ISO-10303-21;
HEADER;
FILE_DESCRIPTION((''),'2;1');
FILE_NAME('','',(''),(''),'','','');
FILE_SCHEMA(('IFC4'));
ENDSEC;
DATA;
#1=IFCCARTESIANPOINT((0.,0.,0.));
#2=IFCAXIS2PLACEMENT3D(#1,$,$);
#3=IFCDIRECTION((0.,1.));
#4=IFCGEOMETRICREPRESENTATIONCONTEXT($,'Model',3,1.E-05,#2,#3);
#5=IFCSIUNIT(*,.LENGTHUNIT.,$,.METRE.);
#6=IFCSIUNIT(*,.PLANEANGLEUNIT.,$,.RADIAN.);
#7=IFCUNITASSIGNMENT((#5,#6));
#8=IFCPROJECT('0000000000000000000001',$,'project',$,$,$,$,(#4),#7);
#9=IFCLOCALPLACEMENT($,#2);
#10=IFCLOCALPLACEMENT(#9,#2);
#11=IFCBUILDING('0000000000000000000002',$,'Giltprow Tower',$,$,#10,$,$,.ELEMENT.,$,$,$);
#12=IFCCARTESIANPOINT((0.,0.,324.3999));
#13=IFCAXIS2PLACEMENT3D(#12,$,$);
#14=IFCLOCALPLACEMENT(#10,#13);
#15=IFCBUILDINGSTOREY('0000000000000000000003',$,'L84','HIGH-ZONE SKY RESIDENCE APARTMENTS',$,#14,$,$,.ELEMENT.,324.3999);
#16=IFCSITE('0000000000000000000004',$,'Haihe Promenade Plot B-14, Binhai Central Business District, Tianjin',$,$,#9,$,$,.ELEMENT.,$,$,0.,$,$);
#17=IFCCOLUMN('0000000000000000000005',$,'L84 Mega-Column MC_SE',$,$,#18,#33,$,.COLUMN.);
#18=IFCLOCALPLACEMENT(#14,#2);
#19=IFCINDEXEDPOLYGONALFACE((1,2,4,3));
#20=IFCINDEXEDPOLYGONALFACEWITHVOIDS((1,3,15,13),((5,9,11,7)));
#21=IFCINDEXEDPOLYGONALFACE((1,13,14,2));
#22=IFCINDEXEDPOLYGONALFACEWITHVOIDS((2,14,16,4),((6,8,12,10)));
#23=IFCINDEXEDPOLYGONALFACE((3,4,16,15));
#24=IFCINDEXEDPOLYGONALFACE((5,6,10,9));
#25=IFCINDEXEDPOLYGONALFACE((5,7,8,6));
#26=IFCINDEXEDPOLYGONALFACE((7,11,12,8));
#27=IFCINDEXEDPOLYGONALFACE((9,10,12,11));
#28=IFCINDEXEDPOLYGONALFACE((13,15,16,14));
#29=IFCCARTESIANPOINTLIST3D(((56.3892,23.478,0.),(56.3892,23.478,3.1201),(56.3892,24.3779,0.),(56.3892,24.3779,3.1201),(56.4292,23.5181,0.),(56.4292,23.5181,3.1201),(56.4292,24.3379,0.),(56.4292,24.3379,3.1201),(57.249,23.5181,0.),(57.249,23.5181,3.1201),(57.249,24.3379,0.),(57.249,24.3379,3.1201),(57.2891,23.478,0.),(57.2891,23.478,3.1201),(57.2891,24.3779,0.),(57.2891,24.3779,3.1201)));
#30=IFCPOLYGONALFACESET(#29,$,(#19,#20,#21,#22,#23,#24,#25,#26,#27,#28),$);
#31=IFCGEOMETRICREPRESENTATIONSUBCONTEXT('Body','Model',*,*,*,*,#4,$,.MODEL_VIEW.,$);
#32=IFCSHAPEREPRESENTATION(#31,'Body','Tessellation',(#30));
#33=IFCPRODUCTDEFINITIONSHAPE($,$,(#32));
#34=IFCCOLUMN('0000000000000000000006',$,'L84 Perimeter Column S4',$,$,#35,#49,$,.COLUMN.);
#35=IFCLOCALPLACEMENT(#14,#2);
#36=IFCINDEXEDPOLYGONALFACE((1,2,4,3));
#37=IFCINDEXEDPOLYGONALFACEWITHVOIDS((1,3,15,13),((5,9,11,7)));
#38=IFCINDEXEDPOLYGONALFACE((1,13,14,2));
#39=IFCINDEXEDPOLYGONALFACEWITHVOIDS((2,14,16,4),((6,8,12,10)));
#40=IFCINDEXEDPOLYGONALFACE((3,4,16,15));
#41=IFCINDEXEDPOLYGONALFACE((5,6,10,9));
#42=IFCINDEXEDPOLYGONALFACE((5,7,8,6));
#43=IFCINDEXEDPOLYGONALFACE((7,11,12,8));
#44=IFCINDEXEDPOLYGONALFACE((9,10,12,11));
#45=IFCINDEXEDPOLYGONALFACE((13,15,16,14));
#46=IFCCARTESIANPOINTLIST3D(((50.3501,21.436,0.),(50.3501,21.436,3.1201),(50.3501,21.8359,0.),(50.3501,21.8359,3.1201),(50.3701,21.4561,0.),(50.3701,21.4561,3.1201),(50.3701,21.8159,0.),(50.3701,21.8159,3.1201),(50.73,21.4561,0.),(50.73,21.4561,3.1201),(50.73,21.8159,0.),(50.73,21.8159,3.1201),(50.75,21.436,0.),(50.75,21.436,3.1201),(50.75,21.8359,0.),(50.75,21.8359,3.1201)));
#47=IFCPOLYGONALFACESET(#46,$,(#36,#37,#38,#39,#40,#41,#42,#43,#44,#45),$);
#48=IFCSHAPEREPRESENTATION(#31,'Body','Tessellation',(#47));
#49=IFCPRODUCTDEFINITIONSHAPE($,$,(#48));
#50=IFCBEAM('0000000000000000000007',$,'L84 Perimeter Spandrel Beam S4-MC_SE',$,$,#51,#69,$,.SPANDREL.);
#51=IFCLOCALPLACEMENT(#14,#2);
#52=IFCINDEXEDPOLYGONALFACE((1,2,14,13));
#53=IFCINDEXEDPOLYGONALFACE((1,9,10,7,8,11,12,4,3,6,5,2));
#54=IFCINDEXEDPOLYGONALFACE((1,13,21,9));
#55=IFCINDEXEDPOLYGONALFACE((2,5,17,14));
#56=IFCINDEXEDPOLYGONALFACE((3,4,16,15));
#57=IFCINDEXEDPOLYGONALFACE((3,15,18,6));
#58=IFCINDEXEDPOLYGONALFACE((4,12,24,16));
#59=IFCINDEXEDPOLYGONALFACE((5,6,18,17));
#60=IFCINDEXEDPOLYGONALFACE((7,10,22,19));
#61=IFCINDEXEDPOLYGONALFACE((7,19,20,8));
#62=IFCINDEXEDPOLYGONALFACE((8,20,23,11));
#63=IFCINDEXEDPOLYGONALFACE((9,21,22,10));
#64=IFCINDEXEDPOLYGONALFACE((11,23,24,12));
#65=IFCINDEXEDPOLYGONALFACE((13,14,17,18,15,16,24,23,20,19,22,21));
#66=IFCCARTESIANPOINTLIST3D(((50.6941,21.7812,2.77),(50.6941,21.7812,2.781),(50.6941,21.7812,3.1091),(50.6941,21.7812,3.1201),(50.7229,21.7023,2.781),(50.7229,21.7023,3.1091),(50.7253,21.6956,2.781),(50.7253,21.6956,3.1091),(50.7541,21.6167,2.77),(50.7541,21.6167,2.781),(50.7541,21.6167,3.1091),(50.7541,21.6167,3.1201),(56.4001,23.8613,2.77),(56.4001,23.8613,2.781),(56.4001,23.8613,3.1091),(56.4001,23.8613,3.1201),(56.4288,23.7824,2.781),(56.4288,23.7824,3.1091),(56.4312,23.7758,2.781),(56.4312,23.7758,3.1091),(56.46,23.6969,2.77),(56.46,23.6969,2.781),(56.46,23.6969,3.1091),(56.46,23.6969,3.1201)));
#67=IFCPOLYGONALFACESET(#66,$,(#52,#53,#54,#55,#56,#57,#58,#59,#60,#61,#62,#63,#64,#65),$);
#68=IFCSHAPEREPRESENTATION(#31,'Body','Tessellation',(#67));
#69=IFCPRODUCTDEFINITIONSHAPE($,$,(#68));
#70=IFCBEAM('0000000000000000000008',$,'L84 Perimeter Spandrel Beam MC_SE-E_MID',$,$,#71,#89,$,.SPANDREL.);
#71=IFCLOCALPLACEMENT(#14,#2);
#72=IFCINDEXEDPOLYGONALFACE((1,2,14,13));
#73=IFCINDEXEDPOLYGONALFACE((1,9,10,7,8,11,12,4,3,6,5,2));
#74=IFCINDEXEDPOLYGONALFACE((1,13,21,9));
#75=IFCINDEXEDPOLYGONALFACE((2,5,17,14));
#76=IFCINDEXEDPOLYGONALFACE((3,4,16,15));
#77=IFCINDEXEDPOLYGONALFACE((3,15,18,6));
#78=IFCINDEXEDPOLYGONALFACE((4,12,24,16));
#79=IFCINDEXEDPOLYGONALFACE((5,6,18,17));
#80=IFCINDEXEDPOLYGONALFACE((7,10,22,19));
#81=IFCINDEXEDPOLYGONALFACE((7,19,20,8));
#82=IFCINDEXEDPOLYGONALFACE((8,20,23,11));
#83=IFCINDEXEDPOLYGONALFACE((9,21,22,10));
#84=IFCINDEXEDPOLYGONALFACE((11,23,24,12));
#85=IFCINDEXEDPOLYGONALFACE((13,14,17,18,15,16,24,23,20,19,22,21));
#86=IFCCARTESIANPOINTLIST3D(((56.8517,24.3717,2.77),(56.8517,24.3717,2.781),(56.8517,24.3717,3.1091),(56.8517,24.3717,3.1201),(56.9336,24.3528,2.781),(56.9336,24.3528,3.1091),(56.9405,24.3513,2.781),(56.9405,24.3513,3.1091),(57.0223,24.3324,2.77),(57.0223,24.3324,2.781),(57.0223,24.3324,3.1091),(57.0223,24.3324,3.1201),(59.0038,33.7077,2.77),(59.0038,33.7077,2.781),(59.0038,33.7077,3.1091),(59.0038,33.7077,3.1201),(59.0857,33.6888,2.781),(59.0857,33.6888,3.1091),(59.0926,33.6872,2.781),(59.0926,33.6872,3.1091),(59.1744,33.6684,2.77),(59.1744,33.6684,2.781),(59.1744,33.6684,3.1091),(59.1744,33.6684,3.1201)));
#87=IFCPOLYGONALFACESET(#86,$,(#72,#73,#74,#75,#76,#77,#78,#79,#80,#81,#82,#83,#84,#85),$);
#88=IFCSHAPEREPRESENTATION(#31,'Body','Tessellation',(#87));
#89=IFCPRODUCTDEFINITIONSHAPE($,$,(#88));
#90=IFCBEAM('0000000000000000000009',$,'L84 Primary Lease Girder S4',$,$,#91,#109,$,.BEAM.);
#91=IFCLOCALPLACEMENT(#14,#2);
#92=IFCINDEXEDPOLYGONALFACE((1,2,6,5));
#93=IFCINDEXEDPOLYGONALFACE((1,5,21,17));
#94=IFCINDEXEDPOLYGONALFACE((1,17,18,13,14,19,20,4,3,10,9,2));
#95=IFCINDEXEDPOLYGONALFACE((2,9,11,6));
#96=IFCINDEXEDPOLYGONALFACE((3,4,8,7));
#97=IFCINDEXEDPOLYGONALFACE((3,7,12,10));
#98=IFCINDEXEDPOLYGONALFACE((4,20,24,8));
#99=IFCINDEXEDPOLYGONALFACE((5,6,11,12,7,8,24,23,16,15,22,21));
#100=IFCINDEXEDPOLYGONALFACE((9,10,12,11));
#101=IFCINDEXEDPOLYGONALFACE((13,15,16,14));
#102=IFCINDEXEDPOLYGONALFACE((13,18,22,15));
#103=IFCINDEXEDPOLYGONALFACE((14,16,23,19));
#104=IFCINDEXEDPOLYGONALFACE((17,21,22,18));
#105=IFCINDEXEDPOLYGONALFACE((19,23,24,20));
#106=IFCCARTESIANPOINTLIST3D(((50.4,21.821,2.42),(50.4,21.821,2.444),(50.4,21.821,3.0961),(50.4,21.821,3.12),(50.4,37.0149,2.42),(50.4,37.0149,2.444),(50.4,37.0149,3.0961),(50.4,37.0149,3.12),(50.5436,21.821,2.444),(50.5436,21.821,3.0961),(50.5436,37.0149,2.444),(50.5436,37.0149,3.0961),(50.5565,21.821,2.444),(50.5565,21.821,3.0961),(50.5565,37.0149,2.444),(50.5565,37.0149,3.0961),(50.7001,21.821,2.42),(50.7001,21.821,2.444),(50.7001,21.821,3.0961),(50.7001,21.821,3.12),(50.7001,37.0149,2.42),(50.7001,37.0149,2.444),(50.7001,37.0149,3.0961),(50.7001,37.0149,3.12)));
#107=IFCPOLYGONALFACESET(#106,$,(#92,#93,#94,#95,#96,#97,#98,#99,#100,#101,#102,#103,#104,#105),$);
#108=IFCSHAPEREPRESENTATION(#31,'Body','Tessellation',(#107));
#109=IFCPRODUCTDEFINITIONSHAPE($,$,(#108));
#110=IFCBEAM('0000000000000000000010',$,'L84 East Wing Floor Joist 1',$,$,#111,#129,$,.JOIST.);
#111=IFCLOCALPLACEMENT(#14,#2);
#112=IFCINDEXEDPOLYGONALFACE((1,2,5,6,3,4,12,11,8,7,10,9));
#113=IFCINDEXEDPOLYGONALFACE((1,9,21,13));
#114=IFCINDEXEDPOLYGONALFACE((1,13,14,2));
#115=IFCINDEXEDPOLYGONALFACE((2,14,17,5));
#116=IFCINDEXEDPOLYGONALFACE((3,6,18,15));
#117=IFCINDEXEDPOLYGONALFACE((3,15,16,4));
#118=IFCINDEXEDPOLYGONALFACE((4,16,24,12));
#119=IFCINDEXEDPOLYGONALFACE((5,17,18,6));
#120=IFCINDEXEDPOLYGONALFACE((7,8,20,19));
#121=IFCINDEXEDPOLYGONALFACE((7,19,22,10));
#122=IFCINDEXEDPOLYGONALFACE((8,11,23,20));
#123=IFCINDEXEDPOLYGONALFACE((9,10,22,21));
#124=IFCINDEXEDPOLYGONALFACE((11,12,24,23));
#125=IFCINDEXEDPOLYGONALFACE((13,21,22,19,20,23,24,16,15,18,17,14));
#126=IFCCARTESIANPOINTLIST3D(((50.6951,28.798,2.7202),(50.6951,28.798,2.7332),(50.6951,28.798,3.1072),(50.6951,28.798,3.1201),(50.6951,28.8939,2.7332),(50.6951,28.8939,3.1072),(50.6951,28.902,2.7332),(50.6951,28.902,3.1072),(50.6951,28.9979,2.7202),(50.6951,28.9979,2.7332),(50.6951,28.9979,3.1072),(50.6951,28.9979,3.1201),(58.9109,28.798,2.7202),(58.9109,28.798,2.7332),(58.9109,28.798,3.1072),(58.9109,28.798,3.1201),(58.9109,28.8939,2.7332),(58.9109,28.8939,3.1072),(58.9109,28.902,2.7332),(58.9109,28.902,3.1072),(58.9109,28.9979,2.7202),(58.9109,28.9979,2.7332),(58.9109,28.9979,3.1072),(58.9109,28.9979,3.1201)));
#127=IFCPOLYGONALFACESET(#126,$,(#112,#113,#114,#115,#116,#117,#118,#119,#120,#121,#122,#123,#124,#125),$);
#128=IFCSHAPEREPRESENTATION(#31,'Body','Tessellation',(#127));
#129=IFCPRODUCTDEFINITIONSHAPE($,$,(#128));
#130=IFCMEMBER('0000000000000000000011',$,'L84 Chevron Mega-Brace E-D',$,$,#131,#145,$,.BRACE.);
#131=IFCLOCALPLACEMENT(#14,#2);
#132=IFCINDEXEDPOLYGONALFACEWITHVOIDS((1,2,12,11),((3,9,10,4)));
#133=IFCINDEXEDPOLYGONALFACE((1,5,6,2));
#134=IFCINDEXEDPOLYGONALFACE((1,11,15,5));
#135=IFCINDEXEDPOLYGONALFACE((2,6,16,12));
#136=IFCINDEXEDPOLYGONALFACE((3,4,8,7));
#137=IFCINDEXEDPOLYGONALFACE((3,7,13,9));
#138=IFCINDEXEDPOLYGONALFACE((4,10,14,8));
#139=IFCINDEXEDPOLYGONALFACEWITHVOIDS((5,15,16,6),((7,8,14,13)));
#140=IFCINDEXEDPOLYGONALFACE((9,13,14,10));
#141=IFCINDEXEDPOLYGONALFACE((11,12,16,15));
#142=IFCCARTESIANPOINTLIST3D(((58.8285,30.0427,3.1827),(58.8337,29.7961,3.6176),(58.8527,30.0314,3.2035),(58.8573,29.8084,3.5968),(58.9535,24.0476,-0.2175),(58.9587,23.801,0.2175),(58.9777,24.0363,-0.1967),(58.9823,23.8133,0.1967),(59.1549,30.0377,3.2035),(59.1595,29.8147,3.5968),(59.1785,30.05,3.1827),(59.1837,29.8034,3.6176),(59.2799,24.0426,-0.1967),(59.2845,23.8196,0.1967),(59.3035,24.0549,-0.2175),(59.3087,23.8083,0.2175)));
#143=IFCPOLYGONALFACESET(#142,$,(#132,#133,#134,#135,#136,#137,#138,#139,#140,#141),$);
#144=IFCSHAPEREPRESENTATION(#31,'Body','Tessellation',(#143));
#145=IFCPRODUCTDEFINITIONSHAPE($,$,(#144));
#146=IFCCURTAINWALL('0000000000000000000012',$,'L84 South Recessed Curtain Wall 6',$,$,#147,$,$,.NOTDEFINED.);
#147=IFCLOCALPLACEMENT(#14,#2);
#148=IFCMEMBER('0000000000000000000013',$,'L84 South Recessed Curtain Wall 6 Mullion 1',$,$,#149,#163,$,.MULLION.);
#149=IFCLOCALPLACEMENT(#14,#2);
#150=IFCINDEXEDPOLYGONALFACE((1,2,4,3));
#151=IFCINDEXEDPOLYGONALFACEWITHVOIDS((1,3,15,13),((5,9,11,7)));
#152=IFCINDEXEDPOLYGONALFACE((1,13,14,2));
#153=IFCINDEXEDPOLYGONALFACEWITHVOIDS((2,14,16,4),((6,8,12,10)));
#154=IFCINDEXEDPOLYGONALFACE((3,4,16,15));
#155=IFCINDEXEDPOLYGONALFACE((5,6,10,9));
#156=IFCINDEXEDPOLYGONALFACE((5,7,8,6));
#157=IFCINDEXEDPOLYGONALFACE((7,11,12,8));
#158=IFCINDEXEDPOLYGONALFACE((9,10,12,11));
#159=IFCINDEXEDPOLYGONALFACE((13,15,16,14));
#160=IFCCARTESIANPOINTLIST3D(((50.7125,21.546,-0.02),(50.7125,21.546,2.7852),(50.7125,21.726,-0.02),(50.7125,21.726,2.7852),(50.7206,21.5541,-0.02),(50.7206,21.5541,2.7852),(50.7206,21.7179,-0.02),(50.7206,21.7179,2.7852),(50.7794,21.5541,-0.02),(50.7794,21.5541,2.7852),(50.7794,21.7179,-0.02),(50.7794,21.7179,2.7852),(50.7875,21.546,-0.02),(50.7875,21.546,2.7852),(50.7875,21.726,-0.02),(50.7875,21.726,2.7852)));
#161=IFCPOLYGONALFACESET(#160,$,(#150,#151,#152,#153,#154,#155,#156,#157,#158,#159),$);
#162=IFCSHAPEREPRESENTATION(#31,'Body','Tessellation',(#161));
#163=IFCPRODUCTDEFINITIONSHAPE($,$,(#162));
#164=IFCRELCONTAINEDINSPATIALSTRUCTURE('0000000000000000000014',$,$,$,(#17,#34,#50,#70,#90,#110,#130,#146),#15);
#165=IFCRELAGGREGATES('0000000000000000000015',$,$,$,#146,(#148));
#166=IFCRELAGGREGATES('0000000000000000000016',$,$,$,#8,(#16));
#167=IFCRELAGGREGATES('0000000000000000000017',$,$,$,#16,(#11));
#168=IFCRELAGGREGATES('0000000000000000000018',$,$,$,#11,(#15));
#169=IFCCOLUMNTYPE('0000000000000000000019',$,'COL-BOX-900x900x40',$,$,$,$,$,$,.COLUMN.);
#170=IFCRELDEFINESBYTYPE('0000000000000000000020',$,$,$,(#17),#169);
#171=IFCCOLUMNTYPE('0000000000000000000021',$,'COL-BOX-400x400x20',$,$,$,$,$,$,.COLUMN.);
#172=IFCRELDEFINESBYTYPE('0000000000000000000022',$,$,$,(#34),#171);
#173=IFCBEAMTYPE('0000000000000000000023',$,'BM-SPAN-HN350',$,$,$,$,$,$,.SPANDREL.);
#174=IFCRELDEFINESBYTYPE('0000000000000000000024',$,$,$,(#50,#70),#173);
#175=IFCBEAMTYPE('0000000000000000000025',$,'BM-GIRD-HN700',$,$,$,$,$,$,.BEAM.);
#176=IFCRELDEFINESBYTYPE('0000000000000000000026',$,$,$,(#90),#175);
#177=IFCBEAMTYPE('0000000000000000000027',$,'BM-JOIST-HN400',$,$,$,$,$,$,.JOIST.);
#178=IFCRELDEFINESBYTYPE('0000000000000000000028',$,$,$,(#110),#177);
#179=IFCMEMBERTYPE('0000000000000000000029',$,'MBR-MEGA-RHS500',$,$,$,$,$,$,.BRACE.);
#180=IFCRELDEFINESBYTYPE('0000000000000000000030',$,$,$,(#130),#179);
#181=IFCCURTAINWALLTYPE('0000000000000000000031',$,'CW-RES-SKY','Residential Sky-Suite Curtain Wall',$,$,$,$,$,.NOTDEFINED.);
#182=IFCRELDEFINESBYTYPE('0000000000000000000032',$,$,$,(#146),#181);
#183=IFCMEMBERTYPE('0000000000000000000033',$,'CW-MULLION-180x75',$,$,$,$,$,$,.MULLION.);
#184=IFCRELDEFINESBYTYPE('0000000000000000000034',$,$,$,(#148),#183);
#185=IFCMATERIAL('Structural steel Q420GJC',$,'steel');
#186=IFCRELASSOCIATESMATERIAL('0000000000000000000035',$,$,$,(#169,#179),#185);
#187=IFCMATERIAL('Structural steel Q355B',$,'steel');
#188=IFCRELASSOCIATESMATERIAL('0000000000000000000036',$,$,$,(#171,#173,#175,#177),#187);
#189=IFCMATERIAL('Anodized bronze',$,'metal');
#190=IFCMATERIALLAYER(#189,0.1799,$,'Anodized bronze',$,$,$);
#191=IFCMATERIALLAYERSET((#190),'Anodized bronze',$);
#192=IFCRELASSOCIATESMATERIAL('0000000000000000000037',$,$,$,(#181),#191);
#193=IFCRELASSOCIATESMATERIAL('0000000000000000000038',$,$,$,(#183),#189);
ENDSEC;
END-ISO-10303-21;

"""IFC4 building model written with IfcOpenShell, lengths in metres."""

from ifc_helpers import new_model, si_unit, direction, frame, origin, origin_2d, place, context, subcontext, project, spatial, hollow_rectangle, i_section, extrude, source, transform, mapped, material, layer, layer_set, material_profile, profile_set, type_object, element, aggregate, save


model = new_model("IFC4")

# Units and contexts
model_context = context("Model", 3, precision=1e-05, world=origin(), true_north=direction((0.0, 1.0)))
body_context = subcontext(model_context, "Body", "Model", "MODEL_VIEW")
ifc_project = project(units=[si_unit("LENGTHUNIT", "METRE"), si_unit("PLANEANGLEUNIT", "RADIAN")], contexts=[model_context])

# Site, building, storey
site_placement = place(None, origin())
site = spatial("IfcSite", under=ifc_project, at=site_placement, Name="Haihe Promenade Plot B-14, Binhai Central Business District, Tianjin", CompositionType="ELEMENT", RefElevation=0.0)
building_placement = place(site_placement, origin())
building = spatial("IfcBuilding", under=site, at=building_placement, Name="Giltprow Tower", CompositionType="ELEMENT")
storey_placement = place(building_placement, frame((0.0, 0.0, 324.3999)))
storey = spatial("IfcBuildingStorey", under=building, at=storey_placement, Name="L84", Description="HIGH-ZONE SKY RESIDENCE APARTMENTS", CompositionType="ELEMENT", Elevation=324.3999)

# Columns
ifc_material_1 = material(Name="Structural steel Q420GJC", Category="steel")
ifc_material_profile_1 = material_profile(ifc_material_1, hollow_rectangle(XDim=0.8999, YDim=0.8999, WallThickness=0.04, at=origin_2d()), Name="BOX 900x900x40")
ifc_profile_set_1 = profile_set([ifc_material_profile_1], Name="Structural steel Q420GJC")
column_type_1 = type_object("IfcColumnType", Name="COL-BOX-900x900x40", PredefinedType="COLUMN", material=ifc_profile_set_1)
shared_shape_1 = source(origin(), body_context, "Body", "SweptSolid", [
    extrude(hollow_rectangle(XDim=0.8999, YDim=0.8999, WallThickness=0.04, at=origin_2d()), origin(), (0.0, 0.0, 1.0), 3.1201),
])
column_1_placement = place(storey_placement, frame((56.8391, 23.928, 0.0), z_axis=(0.0, 0.0, 1.0), x_axis=(1.0, 0.0, 0.0)))
element("IfcColumn", 1, at=column_1_placement, inside=storey, type_object=column_type_1, Name="L84 Mega-Column MC_SE", PredefinedType="COLUMN", context=body_context, shape_type="MappedRepresentation", body=[
    mapped(shared_shape_1, transform((0.0, 0.0, 0.0), x_axis=(1.0, 0.0, 0.0), y_axis=(0.0, 1.0, 0.0), z_axis=(0.0, 0.0, 1.0), scale=1.0)),
])
ifc_material_2 = material(Name="Structural steel Q355B", Category="steel")
ifc_material_profile_2 = material_profile(ifc_material_2, hollow_rectangle(XDim=0.3999, YDim=0.3999, WallThickness=0.02, at=origin_2d()), Name="BOX 400x400x20")
ifc_profile_set_2 = profile_set([ifc_material_profile_2], Name="Structural steel Q355B")
column_type_2 = type_object("IfcColumnType", Name="COL-BOX-400x400x20", PredefinedType="COLUMN", material=ifc_profile_set_2)
shared_shape_2 = source(origin(), body_context, "Body", "SweptSolid", [
    extrude(hollow_rectangle(XDim=0.3999, YDim=0.3999, WallThickness=0.02, at=origin_2d()), origin(), (0.0, 0.0, 1.0), 3.1201),
])
column_2_placement = place(storey_placement, frame((50.55, 21.636, 0.0), z_axis=(0.0, 0.0, 1.0), x_axis=(1.0, 0.0, 0.0)))
element("IfcColumn", 2, at=column_2_placement, inside=storey, type_object=column_type_2, Name="L84 Perimeter Column S4", PredefinedType="COLUMN", context=body_context, shape_type="MappedRepresentation", body=[
    mapped(shared_shape_2, transform((0.0, 0.0, 0.0), x_axis=(1.0, 0.0, 0.0), y_axis=(0.0, 1.0, 0.0), z_axis=(0.0, 0.0, 1.0), scale=1.0)),
])

# Beams
ifc_material_profile_3 = material_profile(ifc_material_2, i_section(OverallWidth=0.175, OverallDepth=0.3501, WebThickness=0.0071, FlangeThickness=0.011, at=origin_2d()), Name="HN 350x175x7x11")
ifc_profile_set_3 = profile_set([ifc_material_profile_3], Name="Structural steel Q355B")
beam_type_1 = type_object("IfcBeamType", Name="BM-SPAN-HN350", PredefinedType="SPANDREL", material=ifc_profile_set_3)
shared_shape_3 = source(origin(), body_context, "Body", "SweptSolid", [
    extrude(i_section(OverallWidth=0.175, OverallDepth=0.3501, WebThickness=0.0071, FlangeThickness=0.011, at=origin_2d()), origin(), (0.0, 0.0, 1.0), 6.0732),
])
beam_1_placement = place(storey_placement, frame((50.7241, 21.699, 2.9451), z_axis=(0.939516, 0.342505, 0.0), x_axis=(-0.342505, 0.939516, 0.0)))
element("IfcBeam", 3, at=beam_1_placement, inside=storey, type_object=beam_type_1, Name="L84 Perimeter Spandrel Beam S4-MC_SE", PredefinedType="SPANDREL", context=body_context, shape_type="MappedRepresentation", body=[
    mapped(shared_shape_3, transform((0.0, 0.0, 0.0), x_axis=(1.0, 0.0, 0.0), y_axis=(0.0, 1.0, 0.0), z_axis=(0.0, 0.0, 1.0), scale=1.0)),
])
shared_shape_4 = source(origin(), body_context, "Body", "SweptSolid", [
    extrude(i_section(OverallWidth=0.175, OverallDepth=0.3501, WebThickness=0.0071, FlangeThickness=0.011, at=origin_2d()), origin(), (0.0, 0.0, 1.0), 9.5808),
])
beam_2_placement = place(storey_placement, frame((56.937, 24.3521, 2.9451), z_axis=(0.224627, 0.974445, 0.0), x_axis=(-0.974445, 0.224627, 0.0)))
element("IfcBeam", 4, at=beam_2_placement, inside=storey, type_object=beam_type_1, Name="L84 Perimeter Spandrel Beam MC_SE-E_MID", PredefinedType="SPANDREL", context=body_context, shape_type="MappedRepresentation", body=[
    mapped(shared_shape_4, transform((0.0, 0.0, 0.0), x_axis=(1.0, 0.0, 0.0), y_axis=(0.0, 1.0, 0.0), z_axis=(0.0, 0.0, 1.0), scale=1.0)),
])
ifc_material_profile_4 = material_profile(ifc_material_2, i_section(OverallWidth=0.3, OverallDepth=0.7, WebThickness=0.0129, FlangeThickness=0.0239, at=origin_2d()), Name="HN 700x300x13x24")
ifc_profile_set_4 = profile_set([ifc_material_profile_4], Name="Structural steel Q355B")
beam_type_2 = type_object("IfcBeamType", Name="BM-GIRD-HN700", PredefinedType="BEAM", material=ifc_profile_set_4)
shared_shape_5 = source(origin(), body_context, "Body", "SweptSolid", [
    extrude(i_section(OverallWidth=0.3, OverallDepth=0.7, WebThickness=0.0129, FlangeThickness=0.0239, at=origin_2d()), origin(), (0.0, 0.0, 1.0), 15.1938),
])
beam_3_placement = place(storey_placement, frame((50.55, 21.821, 2.77), z_axis=(0.0, 1.0, 0.0), x_axis=(-1.0, 0.0, 0.0)))
element("IfcBeam", 5, at=beam_3_placement, inside=storey, type_object=beam_type_2, Name="L84 Primary Lease Girder S4", PredefinedType="BEAM", context=body_context, shape_type="MappedRepresentation", body=[
    mapped(shared_shape_5, transform((0.0, 0.0, 0.0), x_axis=(1.0, 0.0, 0.0), y_axis=(0.0, 1.0, 0.0), z_axis=(0.0, 0.0, 1.0), scale=1.0)),
])
ifc_material_profile_5 = material_profile(ifc_material_2, i_section(OverallWidth=0.2, OverallDepth=0.3999, WebThickness=0.0081, FlangeThickness=0.0129, at=origin_2d()), Name="HN 400x200x8x13")
ifc_profile_set_5 = profile_set([ifc_material_profile_5], Name="Structural steel Q355B")
beam_type_3 = type_object("IfcBeamType", Name="BM-JOIST-HN400", PredefinedType="JOIST", material=ifc_profile_set_5)
shared_shape_6 = source(origin(), body_context, "Body", "SweptSolid", [
    extrude(i_section(OverallWidth=0.2, OverallDepth=0.3999, WebThickness=0.0081, FlangeThickness=0.0129, at=origin_2d()), origin(), (0.0, 0.0, 1.0), 8.2158),
])
beam_4_placement = place(storey_placement, frame((50.6951, 28.8979, 2.9202), z_axis=(1.0, 0.0, 0.0), x_axis=(0.0, 1.0, 0.0)))
element("IfcBeam", 6, at=beam_4_placement, inside=storey, type_object=beam_type_3, Name="L84 East Wing Floor Joist 1", PredefinedType="JOIST", context=body_context, shape_type="MappedRepresentation", body=[
    mapped(shared_shape_6, transform((0.0, 0.0, 0.0), x_axis=(1.0, 0.0, 0.0), y_axis=(0.0, 1.0, 0.0), z_axis=(0.0, 0.0, 1.0), scale=1.0)),
])

# Member
ifc_material_profile_6 = material_profile(ifc_material_1, hollow_rectangle(XDim=0.3501, YDim=0.5, WallThickness=0.0239, at=origin_2d()), Name="RHS 500x350x24")
ifc_profile_set_6 = profile_set([ifc_material_profile_6], Name="Structural steel Q420GJC")
member_type_1 = type_object("IfcMemberType", Name="MBR-MEGA-RHS500", PredefinedType="BRACE", material=ifc_profile_set_6)
shared_shape_7 = source(origin(), body_context, "Body", "SweptSolid", [
    extrude(hollow_rectangle(XDim=0.3501, YDim=0.5, WallThickness=0.0239, at=origin_2d()), origin(), (0.0, 0.0, 1.0), 6.8933),
])
member_1_placement = place(storey_placement, frame((59.1311, 23.928, 0.0), z_axis=(-0.018133, 0.869698, 0.493251), x_axis=(-0.999783, -0.020846, 0.0)))
element("IfcMember", 7, at=member_1_placement, inside=storey, type_object=member_type_1, Name="L84 Chevron Mega-Brace E-D", PredefinedType="BRACE", context=body_context, shape_type="MappedRepresentation", body=[
    mapped(shared_shape_7, transform((0.0, 0.0, 0.0), x_axis=(1.0, 0.0, 0.0), y_axis=(0.0, 1.0, 0.0), z_axis=(0.0, 0.0, 1.0), scale=1.0)),
])

# Curtain wall, member
ifc_material_3 = material(Name="Anodized bronze", Category="metal")
ifc_layer_1 = layer(ifc_material_3, 0.1799, Name="Anodized bronze")
ifc_layer_set_1 = layer_set([ifc_layer_1], Name="Anodized bronze")
curtain_wall_type = type_object("IfcCurtainWallType", Name="CW-RES-SKY", Description="Residential Sky-Suite Curtain Wall", PredefinedType="NOTDEFINED", material=ifc_layer_set_1)
curtain_wall_placement = place(storey_placement, origin())
curtain_wall = element("IfcCurtainWall", 8, at=curtain_wall_placement, inside=storey, type_object=curtain_wall_type, Name="L84 South Recessed Curtain Wall 6", PredefinedType="NOTDEFINED")
ifc_material_profile_7 = material_profile(ifc_material_3, hollow_rectangle(XDim=0.075, YDim=0.1799, WallThickness=0.0081, at=origin_2d()), Name="RHS 180x75x8")
ifc_profile_set_7 = profile_set([ifc_material_profile_7], Name="Anodized bronze")
member_type_2 = type_object("IfcMemberType", Name="CW-MULLION-180x75", PredefinedType="MULLION", material=ifc_profile_set_7)
shared_shape_8 = source(origin(), body_context, "Body", "SweptSolid", [
    extrude(hollow_rectangle(XDim=0.075, YDim=0.1799, WallThickness=0.0081, at=origin_2d()), origin(), (0.0, 0.0, 1.0), 2.8052),
])
member_2_placement = place(storey_placement, frame((50.75, 21.636, -0.02), z_axis=(0.0, 0.0, 1.0), x_axis=(1.0, 0.0, 0.0)))
member_2 = element("IfcMember", 9, at=member_2_placement, type_object=member_type_2, Name="L84 South Recessed Curtain Wall 6 Mullion 1", PredefinedType="MULLION", context=body_context, shape_type="MappedRepresentation", body=[
    mapped(shared_shape_8, transform((0.0, 0.0, 0.0), x_axis=(1.0, 0.0, 0.0), y_axis=(0.0, 1.0, 0.0), z_axis=(0.0, 0.0, 1.0), scale=1.0)),
])
aggregate(curtain_wall, [member_2])

save(model, "model.ifc")
